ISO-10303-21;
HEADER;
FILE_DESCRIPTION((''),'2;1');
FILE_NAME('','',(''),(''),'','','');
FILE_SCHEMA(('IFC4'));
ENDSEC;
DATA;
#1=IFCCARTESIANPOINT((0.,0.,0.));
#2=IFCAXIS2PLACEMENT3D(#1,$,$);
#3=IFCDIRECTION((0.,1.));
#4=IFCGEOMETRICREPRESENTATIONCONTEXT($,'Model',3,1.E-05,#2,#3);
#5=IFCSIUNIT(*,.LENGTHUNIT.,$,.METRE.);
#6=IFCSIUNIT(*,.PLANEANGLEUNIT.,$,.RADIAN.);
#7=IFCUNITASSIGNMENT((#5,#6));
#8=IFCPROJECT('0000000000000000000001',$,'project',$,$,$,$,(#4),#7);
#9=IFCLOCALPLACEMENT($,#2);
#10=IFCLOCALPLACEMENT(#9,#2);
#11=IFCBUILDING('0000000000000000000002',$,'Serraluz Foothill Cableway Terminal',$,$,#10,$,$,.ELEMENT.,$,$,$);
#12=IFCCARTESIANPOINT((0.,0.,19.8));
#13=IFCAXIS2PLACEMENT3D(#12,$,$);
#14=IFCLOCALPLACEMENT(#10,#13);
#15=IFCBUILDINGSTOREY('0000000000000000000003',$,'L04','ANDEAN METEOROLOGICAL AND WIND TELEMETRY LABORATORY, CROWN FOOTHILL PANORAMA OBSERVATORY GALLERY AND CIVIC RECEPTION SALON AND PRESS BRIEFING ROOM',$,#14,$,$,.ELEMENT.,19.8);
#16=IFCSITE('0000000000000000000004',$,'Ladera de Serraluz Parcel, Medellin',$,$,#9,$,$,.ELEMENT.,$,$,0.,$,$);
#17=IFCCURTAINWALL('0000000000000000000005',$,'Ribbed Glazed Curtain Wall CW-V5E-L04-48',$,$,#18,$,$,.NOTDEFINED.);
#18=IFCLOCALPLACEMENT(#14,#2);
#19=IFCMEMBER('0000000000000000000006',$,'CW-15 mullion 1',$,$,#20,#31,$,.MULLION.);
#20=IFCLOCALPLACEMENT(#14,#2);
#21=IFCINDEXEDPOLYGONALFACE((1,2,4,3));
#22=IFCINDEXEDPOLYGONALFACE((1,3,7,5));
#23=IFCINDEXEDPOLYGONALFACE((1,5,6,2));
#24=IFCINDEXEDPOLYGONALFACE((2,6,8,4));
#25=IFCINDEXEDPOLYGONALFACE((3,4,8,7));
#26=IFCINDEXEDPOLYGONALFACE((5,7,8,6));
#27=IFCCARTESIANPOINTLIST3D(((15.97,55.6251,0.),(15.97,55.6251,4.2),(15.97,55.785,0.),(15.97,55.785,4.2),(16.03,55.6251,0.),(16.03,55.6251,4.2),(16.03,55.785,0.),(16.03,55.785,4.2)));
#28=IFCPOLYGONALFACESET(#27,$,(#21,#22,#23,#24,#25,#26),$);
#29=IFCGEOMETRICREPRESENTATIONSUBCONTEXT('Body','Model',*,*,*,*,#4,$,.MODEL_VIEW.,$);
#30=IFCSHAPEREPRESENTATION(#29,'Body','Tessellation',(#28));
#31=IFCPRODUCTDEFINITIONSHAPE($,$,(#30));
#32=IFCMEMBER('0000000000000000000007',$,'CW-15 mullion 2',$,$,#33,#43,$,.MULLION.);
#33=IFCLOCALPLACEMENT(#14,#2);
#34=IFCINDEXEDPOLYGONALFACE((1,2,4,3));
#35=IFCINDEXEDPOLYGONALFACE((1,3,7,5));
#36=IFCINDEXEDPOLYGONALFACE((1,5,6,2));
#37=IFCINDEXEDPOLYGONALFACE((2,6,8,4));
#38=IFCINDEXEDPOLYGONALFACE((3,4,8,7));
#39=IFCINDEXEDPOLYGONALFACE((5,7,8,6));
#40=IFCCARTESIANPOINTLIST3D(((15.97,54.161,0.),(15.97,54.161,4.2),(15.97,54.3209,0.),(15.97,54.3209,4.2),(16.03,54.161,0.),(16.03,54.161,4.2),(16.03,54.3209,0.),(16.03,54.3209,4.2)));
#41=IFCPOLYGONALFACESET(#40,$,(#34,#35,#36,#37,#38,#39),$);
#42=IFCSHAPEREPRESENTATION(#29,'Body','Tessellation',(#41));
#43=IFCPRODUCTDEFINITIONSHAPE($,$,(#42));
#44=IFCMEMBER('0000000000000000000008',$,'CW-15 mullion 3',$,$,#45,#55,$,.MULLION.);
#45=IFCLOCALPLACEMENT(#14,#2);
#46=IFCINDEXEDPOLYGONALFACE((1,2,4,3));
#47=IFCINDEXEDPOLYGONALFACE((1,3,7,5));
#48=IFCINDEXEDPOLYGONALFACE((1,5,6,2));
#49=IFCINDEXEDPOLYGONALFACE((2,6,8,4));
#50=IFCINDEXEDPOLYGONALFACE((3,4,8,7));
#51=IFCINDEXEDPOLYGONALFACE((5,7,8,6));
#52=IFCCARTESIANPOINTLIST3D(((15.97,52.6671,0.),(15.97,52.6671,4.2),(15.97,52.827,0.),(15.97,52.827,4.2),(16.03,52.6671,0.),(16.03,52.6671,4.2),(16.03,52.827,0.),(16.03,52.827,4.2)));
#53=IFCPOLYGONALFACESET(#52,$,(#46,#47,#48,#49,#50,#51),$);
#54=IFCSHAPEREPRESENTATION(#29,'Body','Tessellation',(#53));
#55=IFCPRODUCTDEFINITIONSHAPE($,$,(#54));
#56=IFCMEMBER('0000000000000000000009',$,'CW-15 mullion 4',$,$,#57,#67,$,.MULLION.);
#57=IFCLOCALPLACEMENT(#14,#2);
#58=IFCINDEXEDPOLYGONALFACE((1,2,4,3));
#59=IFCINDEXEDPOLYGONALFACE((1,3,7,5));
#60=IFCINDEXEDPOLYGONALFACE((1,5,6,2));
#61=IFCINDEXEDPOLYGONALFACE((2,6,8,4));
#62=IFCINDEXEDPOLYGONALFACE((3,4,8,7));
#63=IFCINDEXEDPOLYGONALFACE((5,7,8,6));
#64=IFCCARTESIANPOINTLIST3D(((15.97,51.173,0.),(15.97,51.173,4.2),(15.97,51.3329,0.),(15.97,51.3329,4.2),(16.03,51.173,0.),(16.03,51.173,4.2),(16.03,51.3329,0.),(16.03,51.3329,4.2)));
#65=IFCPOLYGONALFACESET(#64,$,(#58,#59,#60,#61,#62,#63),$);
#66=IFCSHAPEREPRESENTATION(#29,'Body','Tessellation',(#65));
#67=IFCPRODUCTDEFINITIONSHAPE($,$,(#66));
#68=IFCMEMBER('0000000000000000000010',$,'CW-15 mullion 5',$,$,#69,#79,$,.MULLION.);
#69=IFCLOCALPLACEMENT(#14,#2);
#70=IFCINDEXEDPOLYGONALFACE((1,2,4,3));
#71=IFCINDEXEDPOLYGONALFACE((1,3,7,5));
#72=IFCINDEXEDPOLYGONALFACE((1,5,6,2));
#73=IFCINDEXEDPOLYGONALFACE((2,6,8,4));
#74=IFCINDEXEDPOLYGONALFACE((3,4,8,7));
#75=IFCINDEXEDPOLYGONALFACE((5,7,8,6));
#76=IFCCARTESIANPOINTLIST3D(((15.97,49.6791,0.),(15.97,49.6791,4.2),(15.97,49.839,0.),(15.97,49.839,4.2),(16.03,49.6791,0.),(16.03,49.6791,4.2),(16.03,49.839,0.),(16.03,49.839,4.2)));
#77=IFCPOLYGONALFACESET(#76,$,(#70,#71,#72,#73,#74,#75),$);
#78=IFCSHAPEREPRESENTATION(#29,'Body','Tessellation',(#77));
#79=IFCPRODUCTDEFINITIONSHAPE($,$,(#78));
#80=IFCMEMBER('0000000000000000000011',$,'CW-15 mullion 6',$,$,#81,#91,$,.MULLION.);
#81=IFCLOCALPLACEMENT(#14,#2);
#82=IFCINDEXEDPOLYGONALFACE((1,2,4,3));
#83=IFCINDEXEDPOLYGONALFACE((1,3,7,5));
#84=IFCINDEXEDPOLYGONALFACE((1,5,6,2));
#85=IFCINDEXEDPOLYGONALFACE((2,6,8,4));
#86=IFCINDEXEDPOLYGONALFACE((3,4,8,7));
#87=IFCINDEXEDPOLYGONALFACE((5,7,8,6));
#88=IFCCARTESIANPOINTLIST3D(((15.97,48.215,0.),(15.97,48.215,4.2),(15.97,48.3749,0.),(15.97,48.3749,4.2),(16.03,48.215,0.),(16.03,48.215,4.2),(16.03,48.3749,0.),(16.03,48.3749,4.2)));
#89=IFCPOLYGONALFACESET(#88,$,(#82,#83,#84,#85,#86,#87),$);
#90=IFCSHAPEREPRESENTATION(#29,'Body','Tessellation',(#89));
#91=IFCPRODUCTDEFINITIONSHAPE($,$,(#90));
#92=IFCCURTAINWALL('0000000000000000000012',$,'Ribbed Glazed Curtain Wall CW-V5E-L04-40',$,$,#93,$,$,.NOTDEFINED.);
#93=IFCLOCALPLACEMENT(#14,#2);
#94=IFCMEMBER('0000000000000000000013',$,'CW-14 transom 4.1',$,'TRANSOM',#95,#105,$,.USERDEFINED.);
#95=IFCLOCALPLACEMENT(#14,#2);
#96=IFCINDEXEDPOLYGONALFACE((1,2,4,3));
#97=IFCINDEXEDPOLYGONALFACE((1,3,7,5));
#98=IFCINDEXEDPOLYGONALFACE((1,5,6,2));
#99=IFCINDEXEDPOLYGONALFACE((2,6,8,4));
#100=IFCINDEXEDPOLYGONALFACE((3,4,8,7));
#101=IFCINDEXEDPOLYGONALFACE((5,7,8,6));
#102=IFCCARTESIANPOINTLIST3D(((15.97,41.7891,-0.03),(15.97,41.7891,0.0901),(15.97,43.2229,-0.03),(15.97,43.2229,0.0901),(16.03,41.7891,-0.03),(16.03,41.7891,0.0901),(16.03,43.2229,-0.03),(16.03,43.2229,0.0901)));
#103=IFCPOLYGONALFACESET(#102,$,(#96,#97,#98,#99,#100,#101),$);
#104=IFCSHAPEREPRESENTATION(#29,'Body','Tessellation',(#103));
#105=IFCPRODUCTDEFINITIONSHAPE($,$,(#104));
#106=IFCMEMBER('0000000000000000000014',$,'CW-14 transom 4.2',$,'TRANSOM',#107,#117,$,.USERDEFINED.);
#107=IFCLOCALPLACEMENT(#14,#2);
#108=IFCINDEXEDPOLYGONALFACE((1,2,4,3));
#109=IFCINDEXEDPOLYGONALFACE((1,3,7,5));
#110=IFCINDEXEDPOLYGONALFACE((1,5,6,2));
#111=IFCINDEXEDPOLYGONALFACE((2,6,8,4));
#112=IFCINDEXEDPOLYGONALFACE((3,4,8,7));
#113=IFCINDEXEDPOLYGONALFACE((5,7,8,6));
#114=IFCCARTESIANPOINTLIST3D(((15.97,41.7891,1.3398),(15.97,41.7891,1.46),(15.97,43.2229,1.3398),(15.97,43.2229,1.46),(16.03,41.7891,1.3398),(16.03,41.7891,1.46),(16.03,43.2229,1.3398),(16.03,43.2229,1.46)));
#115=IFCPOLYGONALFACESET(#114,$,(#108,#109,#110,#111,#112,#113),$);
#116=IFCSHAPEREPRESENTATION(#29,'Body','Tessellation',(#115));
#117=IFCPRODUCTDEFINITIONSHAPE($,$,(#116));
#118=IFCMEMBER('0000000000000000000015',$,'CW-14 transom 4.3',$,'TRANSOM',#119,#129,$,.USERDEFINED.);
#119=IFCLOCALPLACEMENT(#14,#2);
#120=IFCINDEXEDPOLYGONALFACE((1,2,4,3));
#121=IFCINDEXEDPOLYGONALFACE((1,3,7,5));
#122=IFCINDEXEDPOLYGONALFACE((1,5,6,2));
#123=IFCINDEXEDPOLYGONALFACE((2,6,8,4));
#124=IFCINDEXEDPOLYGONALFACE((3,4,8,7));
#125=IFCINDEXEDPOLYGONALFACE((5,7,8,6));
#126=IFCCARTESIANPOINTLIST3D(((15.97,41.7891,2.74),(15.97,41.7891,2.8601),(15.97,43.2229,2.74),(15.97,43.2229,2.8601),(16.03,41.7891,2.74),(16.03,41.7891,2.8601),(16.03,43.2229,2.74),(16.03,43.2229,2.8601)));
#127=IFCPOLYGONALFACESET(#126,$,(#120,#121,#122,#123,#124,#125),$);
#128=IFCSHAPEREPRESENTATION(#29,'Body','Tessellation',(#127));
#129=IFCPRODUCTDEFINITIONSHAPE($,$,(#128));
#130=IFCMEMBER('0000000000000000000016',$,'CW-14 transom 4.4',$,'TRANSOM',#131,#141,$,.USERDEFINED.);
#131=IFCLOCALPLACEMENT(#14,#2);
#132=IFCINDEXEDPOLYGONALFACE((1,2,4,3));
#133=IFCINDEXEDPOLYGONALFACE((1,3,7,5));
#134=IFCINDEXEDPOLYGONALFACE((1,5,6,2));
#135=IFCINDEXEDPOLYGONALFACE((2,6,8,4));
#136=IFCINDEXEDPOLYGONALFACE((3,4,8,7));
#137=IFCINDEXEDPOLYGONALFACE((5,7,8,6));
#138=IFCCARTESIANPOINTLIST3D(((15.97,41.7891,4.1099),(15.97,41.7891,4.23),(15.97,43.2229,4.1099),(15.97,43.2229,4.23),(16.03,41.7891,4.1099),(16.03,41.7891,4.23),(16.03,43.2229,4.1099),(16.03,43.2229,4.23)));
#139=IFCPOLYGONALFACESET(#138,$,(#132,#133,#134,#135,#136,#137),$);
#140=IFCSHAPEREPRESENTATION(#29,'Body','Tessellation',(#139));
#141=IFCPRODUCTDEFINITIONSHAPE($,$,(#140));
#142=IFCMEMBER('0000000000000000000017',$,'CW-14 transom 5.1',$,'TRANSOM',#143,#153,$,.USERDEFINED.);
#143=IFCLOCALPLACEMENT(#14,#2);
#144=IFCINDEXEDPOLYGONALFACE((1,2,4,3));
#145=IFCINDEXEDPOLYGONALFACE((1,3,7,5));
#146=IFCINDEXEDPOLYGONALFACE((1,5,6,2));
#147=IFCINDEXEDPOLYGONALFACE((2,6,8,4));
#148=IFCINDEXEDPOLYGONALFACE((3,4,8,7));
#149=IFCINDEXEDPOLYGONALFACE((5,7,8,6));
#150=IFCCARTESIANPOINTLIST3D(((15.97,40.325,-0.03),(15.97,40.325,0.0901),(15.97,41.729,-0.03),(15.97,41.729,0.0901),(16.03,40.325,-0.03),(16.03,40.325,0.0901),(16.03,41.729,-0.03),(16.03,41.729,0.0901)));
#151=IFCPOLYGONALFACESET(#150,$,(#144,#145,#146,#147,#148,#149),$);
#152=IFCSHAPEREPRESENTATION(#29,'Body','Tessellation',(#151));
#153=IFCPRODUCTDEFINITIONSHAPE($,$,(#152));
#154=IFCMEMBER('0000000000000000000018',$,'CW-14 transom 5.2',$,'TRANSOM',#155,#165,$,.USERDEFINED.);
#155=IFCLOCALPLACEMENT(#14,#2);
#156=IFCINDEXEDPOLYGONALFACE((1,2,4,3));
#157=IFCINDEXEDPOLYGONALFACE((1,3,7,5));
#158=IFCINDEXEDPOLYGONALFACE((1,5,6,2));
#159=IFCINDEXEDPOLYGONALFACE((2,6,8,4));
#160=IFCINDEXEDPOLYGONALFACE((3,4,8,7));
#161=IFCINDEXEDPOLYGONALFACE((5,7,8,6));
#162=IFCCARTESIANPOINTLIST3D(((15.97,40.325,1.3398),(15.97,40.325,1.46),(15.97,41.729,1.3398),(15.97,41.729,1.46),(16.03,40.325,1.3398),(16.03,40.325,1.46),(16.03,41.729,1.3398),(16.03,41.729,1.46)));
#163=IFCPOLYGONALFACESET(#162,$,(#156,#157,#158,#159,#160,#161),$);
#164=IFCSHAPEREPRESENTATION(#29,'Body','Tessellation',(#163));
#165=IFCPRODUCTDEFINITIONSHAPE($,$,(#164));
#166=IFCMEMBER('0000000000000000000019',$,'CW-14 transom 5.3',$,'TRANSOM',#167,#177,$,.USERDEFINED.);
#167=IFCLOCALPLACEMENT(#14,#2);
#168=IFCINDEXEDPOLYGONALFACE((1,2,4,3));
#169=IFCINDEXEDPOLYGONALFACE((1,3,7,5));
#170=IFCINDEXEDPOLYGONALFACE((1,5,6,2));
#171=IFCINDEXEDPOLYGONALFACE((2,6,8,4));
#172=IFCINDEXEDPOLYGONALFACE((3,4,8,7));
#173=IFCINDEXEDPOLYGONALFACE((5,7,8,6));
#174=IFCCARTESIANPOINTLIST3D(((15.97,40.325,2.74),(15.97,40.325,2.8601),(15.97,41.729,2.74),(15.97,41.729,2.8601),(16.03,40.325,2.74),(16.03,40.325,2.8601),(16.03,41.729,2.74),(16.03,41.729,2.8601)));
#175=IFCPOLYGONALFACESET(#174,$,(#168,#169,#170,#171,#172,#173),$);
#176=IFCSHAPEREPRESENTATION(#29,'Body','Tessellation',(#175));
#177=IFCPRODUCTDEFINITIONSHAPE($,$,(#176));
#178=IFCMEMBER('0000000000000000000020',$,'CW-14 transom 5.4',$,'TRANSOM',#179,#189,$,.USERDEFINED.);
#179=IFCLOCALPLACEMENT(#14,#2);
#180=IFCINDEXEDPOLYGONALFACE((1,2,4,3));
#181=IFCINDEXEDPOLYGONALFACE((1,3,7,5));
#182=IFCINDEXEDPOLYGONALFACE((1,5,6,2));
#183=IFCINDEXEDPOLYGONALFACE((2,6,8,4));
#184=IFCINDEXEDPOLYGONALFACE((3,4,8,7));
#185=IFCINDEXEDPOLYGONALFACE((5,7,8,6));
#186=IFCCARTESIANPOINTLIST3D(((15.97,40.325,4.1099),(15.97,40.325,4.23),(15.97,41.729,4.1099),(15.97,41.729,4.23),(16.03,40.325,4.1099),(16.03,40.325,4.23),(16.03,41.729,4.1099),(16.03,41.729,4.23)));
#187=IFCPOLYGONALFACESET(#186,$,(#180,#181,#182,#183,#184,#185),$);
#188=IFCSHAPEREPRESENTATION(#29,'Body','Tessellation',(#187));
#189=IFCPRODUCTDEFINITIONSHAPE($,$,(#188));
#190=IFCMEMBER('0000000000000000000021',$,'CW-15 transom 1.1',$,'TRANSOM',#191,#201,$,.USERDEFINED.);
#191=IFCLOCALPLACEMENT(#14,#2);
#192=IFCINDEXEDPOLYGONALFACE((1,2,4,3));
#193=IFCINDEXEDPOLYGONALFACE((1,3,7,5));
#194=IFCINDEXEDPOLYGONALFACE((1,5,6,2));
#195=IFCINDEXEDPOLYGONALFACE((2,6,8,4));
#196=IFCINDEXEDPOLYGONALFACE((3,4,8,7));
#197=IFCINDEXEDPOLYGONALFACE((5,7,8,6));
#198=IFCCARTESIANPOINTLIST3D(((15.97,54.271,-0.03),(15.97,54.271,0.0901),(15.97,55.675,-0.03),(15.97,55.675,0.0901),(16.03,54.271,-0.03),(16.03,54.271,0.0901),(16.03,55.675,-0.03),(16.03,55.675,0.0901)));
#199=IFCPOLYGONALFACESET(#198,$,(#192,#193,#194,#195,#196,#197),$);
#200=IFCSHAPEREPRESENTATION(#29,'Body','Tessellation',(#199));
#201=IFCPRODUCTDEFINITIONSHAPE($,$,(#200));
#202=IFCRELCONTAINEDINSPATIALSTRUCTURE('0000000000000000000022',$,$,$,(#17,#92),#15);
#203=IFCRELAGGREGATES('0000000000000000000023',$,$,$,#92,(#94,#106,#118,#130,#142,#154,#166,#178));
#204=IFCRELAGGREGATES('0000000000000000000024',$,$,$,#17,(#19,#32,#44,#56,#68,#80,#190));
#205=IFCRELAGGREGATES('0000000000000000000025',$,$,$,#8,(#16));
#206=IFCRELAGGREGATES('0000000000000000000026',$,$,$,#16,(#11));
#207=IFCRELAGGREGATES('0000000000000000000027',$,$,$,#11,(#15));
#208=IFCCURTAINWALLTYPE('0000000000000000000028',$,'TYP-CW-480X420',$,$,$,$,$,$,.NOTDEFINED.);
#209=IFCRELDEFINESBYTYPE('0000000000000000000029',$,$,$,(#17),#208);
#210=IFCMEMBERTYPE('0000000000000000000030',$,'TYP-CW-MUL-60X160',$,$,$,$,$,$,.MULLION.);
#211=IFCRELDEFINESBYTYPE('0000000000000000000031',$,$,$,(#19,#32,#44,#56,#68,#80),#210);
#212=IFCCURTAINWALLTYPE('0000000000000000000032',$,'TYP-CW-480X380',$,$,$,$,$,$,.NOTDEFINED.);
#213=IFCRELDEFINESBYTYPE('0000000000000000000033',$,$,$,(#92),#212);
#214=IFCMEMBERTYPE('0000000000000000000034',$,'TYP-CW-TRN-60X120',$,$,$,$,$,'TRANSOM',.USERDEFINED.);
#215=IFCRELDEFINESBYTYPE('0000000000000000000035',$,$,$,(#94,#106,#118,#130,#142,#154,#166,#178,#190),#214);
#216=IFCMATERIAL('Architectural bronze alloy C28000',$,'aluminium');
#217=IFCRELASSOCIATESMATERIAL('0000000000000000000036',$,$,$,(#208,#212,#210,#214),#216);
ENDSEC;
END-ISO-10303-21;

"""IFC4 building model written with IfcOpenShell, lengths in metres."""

from ifc_helpers import new_model, si_unit, direction, frame, origin, origin_2d, place, context, subcontext, project, spatial, rectangle, extrude, material, material_profile, profile_set, type_object, element, aggregate, save


model = new_model("IFC4")

# Units and contexts
model_context = context("Model", 3, precision=1e-05, world=origin(), true_north=direction((0.0, 1.0)))
body_context = subcontext(model_context, "Body", "Model", "MODEL_VIEW")
ifc_project = project(units=[si_unit("LENGTHUNIT", "METRE"), si_unit("PLANEANGLEUNIT", "RADIAN")], contexts=[model_context])

# Site, building, storey
site_placement = place(None, origin())
site = spatial("IfcSite", under=ifc_project, at=site_placement, Name="Ladera de Serraluz Parcel, Medellin", CompositionType="ELEMENT", RefElevation=0.0)
building_placement = place(site_placement, origin())
building = spatial("IfcBuilding", under=site, at=building_placement, Name="Serraluz Foothill Cableway Terminal", CompositionType="ELEMENT")
storey_placement = place(building_placement, frame((0.0, 0.0, 19.8)))
storey = spatial("IfcBuildingStorey", under=building, at=storey_placement, Name="L04", Description="ANDEAN METEOROLOGICAL AND WIND TELEMETRY LABORATORY, CROWN FOOTHILL PANORAMA OBSERVATORY GALLERY AND CIVIC RECEPTION SALON AND PRESS BRIEFING ROOM", CompositionType="ELEMENT", Elevation=19.8)

# Curtain walls, members
ifc_material_1 = material(Name="Architectural bronze alloy C28000", Category="aluminium")
curtain_wall_type_1 = type_object("IfcCurtainWallType", Name="TYP-CW-480X420", PredefinedType="NOTDEFINED", material=ifc_material_1)
curtain_wall_1_placement = place(storey_placement, origin())
curtain_wall_1 = element("IfcCurtainWall", 1, at=curtain_wall_1_placement, inside=storey, type_object=curtain_wall_type_1, Name="Ribbed Glazed Curtain Wall CW-V5E-L04-48", PredefinedType="NOTDEFINED")
ifc_material_profile_1 = material_profile(ifc_material_1, rectangle(XDim=0.0601, YDim=0.1599, at=origin_2d()), Name="ALU MULLION 60x160")
ifc_profile_set_1 = profile_set([ifc_material_profile_1], Name="Architectural bronze alloy C28000")
member_type_1 = type_object("IfcMemberType", Name="TYP-CW-MUL-60X160", PredefinedType="MULLION", material=ifc_profile_set_1)
member_1_placement = place(storey_placement, frame((16.0, 55.7051, 0.0), z_axis=(0.0, 0.0, 1.0), x_axis=(1.0, 0.0, 0.0)))
member_1 = element("IfcMember", 2, at=member_1_placement, type_object=member_type_1, Name="CW-15 mullion 1", PredefinedType="MULLION", context=body_context, shape_type="SweptSolid", body=[
    extrude(rectangle(XDim=0.0601, YDim=0.1599, at=origin_2d()), origin(), (0.0, 0.0, 1.0), 4.2),
])
member_2_placement = place(storey_placement, frame((16.0, 54.241, 0.0), z_axis=(0.0, 0.0, 1.0), x_axis=(1.0, 0.0, 0.0)))
member_2 = element("IfcMember", 3, at=member_2_placement, type_object=member_type_1, Name="CW-15 mullion 2", PredefinedType="MULLION", context=body_context, shape_type="SweptSolid", body=[
    extrude(rectangle(XDim=0.0601, YDim=0.1599, at=origin_2d()), origin(), (0.0, 0.0, 1.0), 4.2),
])
member_3_placement = place(storey_placement, frame((16.0, 52.7471, 0.0), z_axis=(0.0, 0.0, 1.0), x_axis=(1.0, 0.0, 0.0)))
member_3 = element("IfcMember", 4, at=member_3_placement, type_object=member_type_1, Name="CW-15 mullion 3", PredefinedType="MULLION", context=body_context, shape_type="SweptSolid", body=[
    extrude(rectangle(XDim=0.0601, YDim=0.1599, at=origin_2d()), origin(), (0.0, 0.0, 1.0), 4.2),
])
member_4_placement = place(storey_placement, frame((16.0, 51.2529, 0.0), z_axis=(0.0, 0.0, 1.0), x_axis=(1.0, 0.0, 0.0)))
member_4 = element("IfcMember", 5, at=member_4_placement, type_object=member_type_1, Name="CW-15 mullion 4", PredefinedType="MULLION", context=body_context, shape_type="SweptSolid", body=[
    extrude(rectangle(XDim=0.0601, YDim=0.1599, at=origin_2d()), origin(), (0.0, 0.0, 1.0), 4.2),
])
member_5_placement = place(storey_placement, frame((16.0, 49.759, 0.0), z_axis=(0.0, 0.0, 1.0), x_axis=(1.0, 0.0, 0.0)))
member_5 = element("IfcMember", 6, at=member_5_placement, type_object=member_type_1, Name="CW-15 mullion 5", PredefinedType="MULLION", context=body_context, shape_type="SweptSolid", body=[
    extrude(rectangle(XDim=0.0601, YDim=0.1599, at=origin_2d()), origin(), (0.0, 0.0, 1.0), 4.2),
])
member_6_placement = place(storey_placement, frame((16.0, 48.2949, 0.0), z_axis=(0.0, 0.0, 1.0), x_axis=(1.0, 0.0, 0.0)))
member_6 = element("IfcMember", 7, at=member_6_placement, type_object=member_type_1, Name="CW-15 mullion 6", PredefinedType="MULLION", context=body_context, shape_type="SweptSolid", body=[
    extrude(rectangle(XDim=0.0601, YDim=0.1599, at=origin_2d()), origin(), (0.0, 0.0, 1.0), 4.2),
])
curtain_wall_type_2 = type_object("IfcCurtainWallType", Name="TYP-CW-480X380", PredefinedType="NOTDEFINED", material=ifc_material_1)
curtain_wall_2_placement = place(storey_placement, origin())
curtain_wall_2 = element("IfcCurtainWall", 8, at=curtain_wall_2_placement, inside=storey, type_object=curtain_wall_type_2, Name="Ribbed Glazed Curtain Wall CW-V5E-L04-40", PredefinedType="NOTDEFINED")
ifc_material_profile_2 = material_profile(ifc_material_1, rectangle(XDim=0.0601, YDim=0.1201, at=origin_2d()), Name="ALU TRANSOM 60x120")
ifc_profile_set_2 = profile_set([ifc_material_profile_2], Name="Architectural bronze alloy C28000")
member_type_2 = type_object("IfcMemberType", Name="TYP-CW-TRN-60X120", ElementType="TRANSOM", PredefinedType="USERDEFINED", material=ifc_profile_set_2)
member_7_placement = place(storey_placement, frame((16.0, 43.2229, 0.03), z_axis=(0.0, -1.0, 0.0), x_axis=(1.0, 0.0, 0.0)))
member_7 = element("IfcMember", 9, at=member_7_placement, type_object=member_type_2, Name="CW-14 transom 4.1", ObjectType="TRANSOM", PredefinedType="USERDEFINED", context=body_context, shape_type="SweptSolid", body=[
    extrude(rectangle(XDim=0.0601, YDim=0.1201, at=origin_2d()), origin(), (0.0, 0.0, 1.0), 1.4338),
])
member_8_placement = place(storey_placement, frame((16.0, 43.2229, 1.3999), z_axis=(0.0, -1.0, 0.0), x_axis=(1.0, 0.0, 0.0)))
member_8 = element("IfcMember", 10, at=member_8_placement, type_object=member_type_2, Name="CW-14 transom 4.2", ObjectType="TRANSOM", PredefinedType="USERDEFINED", context=body_context, shape_type="SweptSolid", body=[
    extrude(rectangle(XDim=0.0601, YDim=0.1201, at=origin_2d()), origin(), (0.0, 0.0, 1.0), 1.4338),
])
member_9_placement = place(storey_placement, frame((16.0, 43.2229, 2.8), z_axis=(0.0, -1.0, 0.0), x_axis=(1.0, 0.0, 0.0)))
member_9 = element("IfcMember", 11, at=member_9_placement, type_object=member_type_2, Name="CW-14 transom 4.3", ObjectType="TRANSOM", PredefinedType="USERDEFINED", context=body_context, shape_type="SweptSolid", body=[
    extrude(rectangle(XDim=0.0601, YDim=0.1201, at=origin_2d()), origin(), (0.0, 0.0, 1.0), 1.4338),
])
member_10_placement = place(storey_placement, frame((16.0, 43.2229, 4.1699), z_axis=(0.0, -1.0, 0.0), x_axis=(1.0, 0.0, 0.0)))
member_10 = element("IfcMember", 12, at=member_10_placement, type_object=member_type_2, Name="CW-14 transom 4.4", ObjectType="TRANSOM", PredefinedType="USERDEFINED", context=body_context, shape_type="SweptSolid", body=[
    extrude(rectangle(XDim=0.0601, YDim=0.1201, at=origin_2d()), origin(), (0.0, 0.0, 1.0), 1.4338),
])
member_11_placement = place(storey_placement, frame((16.0, 41.729, 0.03), z_axis=(0.0, -1.0, 0.0), x_axis=(1.0, 0.0, 0.0)))
member_11 = element("IfcMember", 13, at=member_11_placement, type_object=member_type_2, Name="CW-14 transom 5.1", ObjectType="TRANSOM", PredefinedType="USERDEFINED", context=body_context, shape_type="SweptSolid", body=[
    extrude(rectangle(XDim=0.0601, YDim=0.1201, at=origin_2d()), origin(), (0.0, 0.0, 1.0), 1.4041),
])
member_12_placement = place(storey_placement, frame((16.0, 41.729, 1.3999), z_axis=(0.0, -1.0, 0.0), x_axis=(1.0, 0.0, 0.0)))
member_12 = element("IfcMember", 14, at=member_12_placement, type_object=member_type_2, Name="CW-14 transom 5.2", ObjectType="TRANSOM", PredefinedType="USERDEFINED", context=body_context, shape_type="SweptSolid", body=[
    extrude(rectangle(XDim=0.0601, YDim=0.1201, at=origin_2d()), origin(), (0.0, 0.0, 1.0), 1.4041),
])
member_13_placement = place(storey_placement, frame((16.0, 41.729, 2.8), z_axis=(0.0, -1.0, 0.0), x_axis=(1.0, 0.0, 0.0)))
member_13 = element("IfcMember", 15, at=member_13_placement, type_object=member_type_2, Name="CW-14 transom 5.3", ObjectType="TRANSOM", PredefinedType="USERDEFINED", context=body_context, shape_type="SweptSolid", body=[
    extrude(rectangle(XDim=0.0601, YDim=0.1201, at=origin_2d()), origin(), (0.0, 0.0, 1.0), 1.4041),
])
member_14_placement = place(storey_placement, frame((16.0, 41.729, 4.1699), z_axis=(0.0, -1.0, 0.0), x_axis=(1.0, 0.0, 0.0)))
member_14 = element("IfcMember", 16, at=member_14_placement, type_object=member_type_2, Name="CW-14 transom 5.4", ObjectType="TRANSOM", PredefinedType="USERDEFINED", context=body_context, shape_type="SweptSolid", body=[
    extrude(rectangle(XDim=0.0601, YDim=0.1201, at=origin_2d()), origin(), (0.0, 0.0, 1.0), 1.4041),
])

# Member
member_15_placement = place(storey_placement, frame((16.0, 55.675, 0.03), z_axis=(0.0, -1.0, 0.0), x_axis=(1.0, 0.0, 0.0)))
member_15 = element("IfcMember", 17, at=member_15_placement, type_object=member_type_2, Name="CW-15 transom 1.1", ObjectType="TRANSOM", PredefinedType="USERDEFINED", context=body_context, shape_type="SweptSolid", body=[
    extrude(rectangle(XDim=0.0601, YDim=0.1201, at=origin_2d()), origin(), (0.0, 0.0, 1.0), 1.4041),
])

aggregate(curtain_wall_2, [member_7, member_8, member_9, member_10, member_11, member_12, member_13, member_14])
aggregate(curtain_wall_1, [member_1, member_2, member_3, member_4, member_5, member_6, member_15])

save(model, "model.ifc")
